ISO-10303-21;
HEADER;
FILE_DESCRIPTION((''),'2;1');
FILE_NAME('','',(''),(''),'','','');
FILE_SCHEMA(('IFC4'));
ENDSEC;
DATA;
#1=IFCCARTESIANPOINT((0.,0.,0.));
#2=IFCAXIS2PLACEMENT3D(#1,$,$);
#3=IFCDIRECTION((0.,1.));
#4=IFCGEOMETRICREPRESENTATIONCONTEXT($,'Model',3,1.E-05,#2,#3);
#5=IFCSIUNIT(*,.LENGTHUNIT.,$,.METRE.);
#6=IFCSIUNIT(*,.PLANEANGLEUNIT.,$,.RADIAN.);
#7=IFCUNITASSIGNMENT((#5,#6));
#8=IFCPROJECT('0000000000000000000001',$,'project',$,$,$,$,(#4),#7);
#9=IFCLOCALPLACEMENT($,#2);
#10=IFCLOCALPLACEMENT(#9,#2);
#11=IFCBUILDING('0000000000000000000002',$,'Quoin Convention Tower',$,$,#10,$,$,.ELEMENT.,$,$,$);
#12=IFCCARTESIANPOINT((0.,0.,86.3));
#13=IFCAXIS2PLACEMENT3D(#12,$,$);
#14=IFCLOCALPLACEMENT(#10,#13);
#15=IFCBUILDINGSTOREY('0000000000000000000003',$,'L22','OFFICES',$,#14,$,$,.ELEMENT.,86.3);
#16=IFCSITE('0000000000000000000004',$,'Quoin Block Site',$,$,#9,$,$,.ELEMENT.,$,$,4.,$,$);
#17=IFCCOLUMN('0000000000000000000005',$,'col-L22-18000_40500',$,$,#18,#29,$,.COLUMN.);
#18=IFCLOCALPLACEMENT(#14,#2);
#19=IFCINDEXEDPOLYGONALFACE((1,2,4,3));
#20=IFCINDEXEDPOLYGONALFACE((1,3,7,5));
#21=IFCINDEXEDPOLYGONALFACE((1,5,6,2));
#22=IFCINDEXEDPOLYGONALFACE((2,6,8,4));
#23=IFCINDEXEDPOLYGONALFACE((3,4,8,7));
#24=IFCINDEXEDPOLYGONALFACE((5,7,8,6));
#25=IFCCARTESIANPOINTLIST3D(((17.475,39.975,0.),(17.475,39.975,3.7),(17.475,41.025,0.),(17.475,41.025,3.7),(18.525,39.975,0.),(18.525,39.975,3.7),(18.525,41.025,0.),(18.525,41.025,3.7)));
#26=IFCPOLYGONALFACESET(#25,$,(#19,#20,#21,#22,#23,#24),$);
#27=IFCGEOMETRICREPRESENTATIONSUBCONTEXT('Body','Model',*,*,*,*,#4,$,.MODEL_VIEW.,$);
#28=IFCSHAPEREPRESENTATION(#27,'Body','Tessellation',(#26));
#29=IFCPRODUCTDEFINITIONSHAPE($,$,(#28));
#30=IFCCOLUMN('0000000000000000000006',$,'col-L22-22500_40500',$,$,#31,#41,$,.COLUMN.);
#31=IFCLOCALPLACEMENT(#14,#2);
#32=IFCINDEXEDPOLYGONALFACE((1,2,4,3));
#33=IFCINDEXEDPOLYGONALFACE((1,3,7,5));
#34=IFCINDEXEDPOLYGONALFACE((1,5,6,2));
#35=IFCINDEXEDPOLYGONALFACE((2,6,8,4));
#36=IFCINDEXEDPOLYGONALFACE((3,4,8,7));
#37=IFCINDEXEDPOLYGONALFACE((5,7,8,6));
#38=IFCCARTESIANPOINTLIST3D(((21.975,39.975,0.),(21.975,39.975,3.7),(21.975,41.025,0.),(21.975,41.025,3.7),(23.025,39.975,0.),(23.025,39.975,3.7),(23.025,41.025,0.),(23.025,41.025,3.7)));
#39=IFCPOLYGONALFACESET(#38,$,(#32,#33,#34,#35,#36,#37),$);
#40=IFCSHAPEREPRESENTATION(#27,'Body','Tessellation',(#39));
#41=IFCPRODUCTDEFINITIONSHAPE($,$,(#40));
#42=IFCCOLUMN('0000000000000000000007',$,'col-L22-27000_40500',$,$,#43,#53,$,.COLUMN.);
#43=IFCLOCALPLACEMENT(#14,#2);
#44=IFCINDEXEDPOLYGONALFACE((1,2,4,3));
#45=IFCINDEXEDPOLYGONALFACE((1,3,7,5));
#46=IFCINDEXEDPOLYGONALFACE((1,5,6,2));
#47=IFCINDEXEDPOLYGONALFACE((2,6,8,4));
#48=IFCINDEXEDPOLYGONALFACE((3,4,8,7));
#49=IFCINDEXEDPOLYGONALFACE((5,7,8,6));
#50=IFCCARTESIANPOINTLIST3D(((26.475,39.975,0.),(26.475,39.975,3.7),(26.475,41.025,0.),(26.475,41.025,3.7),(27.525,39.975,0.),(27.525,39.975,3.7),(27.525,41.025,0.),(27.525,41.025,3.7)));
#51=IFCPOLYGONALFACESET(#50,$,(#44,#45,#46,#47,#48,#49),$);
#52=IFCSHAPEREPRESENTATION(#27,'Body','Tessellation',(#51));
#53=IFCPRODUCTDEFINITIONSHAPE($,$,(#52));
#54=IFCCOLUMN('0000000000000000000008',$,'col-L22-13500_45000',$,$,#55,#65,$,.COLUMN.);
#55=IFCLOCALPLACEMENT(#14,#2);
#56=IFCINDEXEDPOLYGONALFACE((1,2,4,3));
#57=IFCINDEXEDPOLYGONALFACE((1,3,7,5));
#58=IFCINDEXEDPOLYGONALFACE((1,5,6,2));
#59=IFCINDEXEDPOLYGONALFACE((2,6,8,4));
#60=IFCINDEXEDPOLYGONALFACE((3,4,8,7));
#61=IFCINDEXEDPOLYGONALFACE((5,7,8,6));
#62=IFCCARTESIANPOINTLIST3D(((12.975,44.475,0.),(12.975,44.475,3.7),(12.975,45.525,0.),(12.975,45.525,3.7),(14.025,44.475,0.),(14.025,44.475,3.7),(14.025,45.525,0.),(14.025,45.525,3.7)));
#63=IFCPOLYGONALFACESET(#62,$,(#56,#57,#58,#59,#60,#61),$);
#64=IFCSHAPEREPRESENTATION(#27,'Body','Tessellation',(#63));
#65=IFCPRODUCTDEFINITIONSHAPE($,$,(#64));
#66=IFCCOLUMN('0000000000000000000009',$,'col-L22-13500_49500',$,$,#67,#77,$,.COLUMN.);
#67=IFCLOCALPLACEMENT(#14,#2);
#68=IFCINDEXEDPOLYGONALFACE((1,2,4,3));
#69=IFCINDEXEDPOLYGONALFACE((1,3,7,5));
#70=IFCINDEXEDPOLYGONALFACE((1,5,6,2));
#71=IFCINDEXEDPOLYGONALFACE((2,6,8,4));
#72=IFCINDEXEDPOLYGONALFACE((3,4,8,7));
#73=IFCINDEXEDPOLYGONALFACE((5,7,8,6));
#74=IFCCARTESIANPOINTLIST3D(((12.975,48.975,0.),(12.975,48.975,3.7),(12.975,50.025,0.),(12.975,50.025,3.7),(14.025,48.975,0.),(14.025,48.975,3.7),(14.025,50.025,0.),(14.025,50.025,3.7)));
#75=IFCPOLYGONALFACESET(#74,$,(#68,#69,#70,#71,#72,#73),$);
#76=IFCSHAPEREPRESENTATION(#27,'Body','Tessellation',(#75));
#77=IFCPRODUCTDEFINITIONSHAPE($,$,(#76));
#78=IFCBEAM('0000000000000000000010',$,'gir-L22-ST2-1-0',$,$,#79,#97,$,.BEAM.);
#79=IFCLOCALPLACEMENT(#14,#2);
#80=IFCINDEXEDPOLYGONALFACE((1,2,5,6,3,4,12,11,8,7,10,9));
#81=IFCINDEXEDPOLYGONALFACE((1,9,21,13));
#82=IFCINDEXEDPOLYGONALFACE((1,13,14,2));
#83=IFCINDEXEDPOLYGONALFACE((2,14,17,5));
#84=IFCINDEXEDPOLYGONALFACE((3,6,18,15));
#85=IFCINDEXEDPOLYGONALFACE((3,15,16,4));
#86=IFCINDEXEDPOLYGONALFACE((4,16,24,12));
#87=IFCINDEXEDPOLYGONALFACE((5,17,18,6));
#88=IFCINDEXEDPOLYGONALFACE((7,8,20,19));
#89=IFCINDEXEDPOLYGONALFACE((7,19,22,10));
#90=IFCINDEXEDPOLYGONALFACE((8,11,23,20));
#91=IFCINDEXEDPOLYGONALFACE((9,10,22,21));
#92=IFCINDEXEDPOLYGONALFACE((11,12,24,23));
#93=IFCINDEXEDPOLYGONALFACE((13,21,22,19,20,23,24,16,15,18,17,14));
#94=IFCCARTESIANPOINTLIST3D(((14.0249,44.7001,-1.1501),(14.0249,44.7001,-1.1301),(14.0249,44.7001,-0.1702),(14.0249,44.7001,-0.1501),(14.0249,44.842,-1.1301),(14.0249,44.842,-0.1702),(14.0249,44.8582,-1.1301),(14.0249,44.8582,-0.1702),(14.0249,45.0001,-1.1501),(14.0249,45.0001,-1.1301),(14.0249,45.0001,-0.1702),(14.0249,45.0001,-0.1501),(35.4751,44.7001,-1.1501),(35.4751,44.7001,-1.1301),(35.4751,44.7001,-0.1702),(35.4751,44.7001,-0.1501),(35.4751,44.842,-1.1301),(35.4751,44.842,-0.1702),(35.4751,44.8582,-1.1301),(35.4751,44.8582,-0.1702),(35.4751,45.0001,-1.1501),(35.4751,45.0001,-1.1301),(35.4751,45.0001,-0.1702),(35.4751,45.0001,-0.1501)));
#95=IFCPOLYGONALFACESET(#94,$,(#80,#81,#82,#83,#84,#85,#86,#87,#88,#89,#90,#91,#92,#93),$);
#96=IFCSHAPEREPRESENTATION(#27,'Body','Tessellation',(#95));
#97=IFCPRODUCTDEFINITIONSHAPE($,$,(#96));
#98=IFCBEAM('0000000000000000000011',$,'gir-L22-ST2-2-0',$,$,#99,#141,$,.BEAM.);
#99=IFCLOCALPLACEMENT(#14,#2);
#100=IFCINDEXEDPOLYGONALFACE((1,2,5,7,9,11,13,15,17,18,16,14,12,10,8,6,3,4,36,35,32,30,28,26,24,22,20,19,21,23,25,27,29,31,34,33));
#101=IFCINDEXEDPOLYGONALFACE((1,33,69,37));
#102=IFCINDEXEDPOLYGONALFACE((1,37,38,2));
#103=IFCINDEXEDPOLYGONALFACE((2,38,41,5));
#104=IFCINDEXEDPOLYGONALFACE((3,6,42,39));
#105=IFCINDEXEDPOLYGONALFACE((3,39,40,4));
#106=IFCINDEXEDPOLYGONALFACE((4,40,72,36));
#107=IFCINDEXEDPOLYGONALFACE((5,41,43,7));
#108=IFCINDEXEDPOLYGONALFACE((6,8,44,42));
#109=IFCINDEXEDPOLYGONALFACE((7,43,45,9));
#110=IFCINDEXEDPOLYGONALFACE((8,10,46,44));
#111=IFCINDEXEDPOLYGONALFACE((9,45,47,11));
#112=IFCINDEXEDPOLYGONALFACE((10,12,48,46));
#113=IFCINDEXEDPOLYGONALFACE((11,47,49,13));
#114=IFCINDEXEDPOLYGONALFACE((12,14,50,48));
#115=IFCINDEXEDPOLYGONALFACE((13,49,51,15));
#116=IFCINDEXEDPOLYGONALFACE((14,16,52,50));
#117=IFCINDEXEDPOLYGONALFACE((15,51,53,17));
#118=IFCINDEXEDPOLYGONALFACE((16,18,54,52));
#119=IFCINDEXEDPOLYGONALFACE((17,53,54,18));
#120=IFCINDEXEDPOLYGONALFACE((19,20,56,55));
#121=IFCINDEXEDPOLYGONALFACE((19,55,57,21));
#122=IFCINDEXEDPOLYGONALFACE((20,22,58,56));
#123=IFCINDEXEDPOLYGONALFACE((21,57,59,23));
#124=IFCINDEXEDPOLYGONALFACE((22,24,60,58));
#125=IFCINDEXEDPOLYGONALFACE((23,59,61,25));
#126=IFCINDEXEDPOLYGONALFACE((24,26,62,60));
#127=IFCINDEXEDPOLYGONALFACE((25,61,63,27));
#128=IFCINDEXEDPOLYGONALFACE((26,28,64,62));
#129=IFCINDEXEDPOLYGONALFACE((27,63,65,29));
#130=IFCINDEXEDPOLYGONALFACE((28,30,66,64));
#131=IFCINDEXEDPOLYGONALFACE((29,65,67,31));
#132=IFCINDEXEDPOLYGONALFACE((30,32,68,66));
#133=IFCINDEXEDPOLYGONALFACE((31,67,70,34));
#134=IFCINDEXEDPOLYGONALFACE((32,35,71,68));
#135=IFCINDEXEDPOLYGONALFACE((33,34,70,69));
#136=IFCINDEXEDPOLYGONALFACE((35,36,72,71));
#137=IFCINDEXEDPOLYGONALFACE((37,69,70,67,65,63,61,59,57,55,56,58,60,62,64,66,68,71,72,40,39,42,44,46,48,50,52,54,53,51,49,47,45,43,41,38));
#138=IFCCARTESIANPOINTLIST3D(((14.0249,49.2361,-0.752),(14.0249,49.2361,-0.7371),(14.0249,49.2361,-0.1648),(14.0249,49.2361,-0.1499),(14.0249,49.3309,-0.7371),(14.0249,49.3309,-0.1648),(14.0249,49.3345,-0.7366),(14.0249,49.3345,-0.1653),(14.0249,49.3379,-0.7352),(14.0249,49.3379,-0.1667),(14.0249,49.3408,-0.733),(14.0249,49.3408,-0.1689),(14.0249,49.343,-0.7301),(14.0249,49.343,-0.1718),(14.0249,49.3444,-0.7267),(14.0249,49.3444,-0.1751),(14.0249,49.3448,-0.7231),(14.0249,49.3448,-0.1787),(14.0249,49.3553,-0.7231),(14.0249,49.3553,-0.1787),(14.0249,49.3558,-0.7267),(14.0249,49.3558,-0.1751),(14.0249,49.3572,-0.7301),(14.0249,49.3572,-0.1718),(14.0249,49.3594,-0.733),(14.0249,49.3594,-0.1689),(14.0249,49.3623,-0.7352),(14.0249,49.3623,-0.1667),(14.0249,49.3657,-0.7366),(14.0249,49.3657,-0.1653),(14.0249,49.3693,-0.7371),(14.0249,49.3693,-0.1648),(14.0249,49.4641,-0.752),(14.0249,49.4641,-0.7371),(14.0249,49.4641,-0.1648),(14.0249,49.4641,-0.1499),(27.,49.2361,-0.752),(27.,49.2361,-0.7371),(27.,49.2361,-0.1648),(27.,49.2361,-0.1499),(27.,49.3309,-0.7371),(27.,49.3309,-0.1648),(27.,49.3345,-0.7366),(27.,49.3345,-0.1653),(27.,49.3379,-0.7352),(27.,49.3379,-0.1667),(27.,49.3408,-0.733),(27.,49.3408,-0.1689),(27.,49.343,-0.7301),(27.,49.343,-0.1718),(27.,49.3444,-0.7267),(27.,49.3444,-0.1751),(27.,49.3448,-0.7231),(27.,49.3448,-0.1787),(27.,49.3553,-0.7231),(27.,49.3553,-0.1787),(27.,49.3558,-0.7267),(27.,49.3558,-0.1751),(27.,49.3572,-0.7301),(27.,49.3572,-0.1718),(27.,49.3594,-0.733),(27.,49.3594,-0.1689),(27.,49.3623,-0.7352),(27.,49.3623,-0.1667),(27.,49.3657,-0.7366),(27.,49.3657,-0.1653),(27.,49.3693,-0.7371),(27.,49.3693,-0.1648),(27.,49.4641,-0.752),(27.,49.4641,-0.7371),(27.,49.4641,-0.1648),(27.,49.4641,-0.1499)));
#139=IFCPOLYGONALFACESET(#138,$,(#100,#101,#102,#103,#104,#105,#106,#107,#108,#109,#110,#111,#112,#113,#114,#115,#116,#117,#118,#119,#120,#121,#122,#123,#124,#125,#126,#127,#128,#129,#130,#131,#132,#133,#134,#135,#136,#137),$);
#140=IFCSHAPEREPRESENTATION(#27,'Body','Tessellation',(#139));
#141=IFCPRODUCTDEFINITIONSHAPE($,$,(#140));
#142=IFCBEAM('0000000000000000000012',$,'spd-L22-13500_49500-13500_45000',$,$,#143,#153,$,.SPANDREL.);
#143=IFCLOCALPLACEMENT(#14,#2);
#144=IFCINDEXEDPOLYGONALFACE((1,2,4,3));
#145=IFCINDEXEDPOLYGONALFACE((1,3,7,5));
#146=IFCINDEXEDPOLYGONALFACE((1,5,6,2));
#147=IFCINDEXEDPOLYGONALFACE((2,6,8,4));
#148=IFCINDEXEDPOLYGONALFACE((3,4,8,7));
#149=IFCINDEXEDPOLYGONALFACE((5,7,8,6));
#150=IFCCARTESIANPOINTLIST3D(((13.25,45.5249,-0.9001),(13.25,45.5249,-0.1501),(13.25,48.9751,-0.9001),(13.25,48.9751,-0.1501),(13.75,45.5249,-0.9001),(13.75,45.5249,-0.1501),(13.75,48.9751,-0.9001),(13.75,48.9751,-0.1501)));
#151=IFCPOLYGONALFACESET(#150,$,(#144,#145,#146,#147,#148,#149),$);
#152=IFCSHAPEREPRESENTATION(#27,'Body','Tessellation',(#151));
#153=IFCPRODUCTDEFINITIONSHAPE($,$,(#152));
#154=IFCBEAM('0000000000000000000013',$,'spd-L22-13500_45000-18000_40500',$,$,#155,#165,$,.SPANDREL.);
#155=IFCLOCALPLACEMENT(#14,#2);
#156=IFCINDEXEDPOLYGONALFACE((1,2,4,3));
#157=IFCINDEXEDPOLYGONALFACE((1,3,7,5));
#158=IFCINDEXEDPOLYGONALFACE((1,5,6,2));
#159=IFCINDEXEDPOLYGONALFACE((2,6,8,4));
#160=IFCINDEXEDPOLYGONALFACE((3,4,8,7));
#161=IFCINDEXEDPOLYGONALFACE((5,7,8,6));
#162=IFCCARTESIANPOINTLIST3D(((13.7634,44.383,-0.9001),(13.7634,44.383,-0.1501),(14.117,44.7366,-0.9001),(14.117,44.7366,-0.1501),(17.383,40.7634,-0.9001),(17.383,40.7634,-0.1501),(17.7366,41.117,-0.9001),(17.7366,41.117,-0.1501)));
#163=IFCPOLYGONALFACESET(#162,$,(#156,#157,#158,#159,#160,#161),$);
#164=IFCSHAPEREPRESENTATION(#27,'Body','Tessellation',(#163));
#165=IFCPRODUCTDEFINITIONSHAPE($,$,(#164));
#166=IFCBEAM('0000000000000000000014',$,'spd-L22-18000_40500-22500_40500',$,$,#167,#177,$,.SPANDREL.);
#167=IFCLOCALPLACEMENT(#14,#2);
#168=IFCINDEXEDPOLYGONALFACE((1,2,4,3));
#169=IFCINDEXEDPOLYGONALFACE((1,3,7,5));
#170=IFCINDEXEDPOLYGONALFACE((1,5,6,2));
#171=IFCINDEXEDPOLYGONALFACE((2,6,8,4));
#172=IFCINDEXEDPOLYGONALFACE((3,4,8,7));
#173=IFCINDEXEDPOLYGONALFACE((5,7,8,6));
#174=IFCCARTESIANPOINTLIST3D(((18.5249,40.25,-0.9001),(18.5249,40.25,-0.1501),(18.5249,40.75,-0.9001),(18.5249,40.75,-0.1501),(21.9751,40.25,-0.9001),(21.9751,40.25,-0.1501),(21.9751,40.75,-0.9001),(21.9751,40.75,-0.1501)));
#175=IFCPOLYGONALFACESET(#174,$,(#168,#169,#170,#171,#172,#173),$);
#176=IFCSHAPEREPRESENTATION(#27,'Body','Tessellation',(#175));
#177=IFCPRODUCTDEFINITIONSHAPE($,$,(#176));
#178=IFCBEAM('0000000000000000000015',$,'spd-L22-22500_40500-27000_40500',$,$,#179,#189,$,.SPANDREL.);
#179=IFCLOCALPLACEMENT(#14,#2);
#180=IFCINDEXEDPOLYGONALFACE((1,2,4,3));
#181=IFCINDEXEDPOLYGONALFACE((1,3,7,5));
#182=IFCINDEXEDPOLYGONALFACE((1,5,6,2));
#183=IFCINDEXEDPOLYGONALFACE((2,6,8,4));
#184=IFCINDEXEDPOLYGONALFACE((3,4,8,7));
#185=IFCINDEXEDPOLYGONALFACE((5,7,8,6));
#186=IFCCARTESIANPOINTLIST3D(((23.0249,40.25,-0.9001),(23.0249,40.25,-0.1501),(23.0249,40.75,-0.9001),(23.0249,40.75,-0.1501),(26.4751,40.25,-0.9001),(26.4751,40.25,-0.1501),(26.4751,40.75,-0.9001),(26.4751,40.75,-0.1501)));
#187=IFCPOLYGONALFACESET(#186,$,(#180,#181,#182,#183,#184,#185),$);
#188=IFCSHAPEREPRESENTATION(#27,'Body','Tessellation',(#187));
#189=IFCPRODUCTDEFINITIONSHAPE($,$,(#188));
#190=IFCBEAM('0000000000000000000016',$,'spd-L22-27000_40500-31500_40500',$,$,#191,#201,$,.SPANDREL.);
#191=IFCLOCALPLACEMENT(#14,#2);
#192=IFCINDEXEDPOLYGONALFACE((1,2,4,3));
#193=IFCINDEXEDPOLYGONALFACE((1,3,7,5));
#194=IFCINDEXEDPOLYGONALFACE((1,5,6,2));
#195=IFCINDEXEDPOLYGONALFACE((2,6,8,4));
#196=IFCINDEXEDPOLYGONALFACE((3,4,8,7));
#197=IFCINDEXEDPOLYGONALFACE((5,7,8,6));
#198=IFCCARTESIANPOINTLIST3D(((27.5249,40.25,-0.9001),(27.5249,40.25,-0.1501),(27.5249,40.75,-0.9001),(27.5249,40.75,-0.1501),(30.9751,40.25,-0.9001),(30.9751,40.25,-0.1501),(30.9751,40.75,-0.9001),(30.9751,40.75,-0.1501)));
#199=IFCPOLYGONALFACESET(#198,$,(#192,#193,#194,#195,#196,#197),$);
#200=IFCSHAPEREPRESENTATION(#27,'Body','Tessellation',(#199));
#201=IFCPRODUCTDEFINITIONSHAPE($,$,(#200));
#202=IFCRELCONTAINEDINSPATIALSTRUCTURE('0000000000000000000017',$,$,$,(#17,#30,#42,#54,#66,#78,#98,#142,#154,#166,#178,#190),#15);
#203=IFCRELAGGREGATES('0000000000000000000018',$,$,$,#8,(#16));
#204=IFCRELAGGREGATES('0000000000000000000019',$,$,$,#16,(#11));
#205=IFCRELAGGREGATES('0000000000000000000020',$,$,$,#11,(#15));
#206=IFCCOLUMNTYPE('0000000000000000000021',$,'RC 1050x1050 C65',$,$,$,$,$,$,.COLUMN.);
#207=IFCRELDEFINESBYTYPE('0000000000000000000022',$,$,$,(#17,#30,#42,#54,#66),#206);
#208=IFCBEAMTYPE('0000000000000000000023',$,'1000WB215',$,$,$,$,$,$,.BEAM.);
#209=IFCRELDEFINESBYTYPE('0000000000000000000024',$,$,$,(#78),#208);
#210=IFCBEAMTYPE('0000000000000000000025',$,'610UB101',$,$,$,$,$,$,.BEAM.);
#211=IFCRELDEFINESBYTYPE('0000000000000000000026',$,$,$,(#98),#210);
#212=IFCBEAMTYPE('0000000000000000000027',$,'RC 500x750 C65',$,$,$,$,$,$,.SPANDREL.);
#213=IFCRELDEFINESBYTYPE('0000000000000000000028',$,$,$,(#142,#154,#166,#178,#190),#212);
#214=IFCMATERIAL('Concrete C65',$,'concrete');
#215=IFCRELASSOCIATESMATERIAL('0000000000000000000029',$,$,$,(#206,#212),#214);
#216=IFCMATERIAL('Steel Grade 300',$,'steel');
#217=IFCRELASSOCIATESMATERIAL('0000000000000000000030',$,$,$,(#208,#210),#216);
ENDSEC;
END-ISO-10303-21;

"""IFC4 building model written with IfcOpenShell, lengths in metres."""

from ifc_helpers import new_model, si_unit, direction, frame, origin, origin_2d, place, context, subcontext, project, spatial, rectangle, i_section, extrude, material, material_profile, profile_set, type_object, element, save


model = new_model("IFC4")

# Units and contexts
model_context = context("Model", 3, precision=1e-05, world=origin(), true_north=direction((0.0, 1.0)))
body_context = subcontext(model_context, "Body", "Model", "MODEL_VIEW")
ifc_project = project(units=[si_unit("LENGTHUNIT", "METRE"), si_unit("PLANEANGLEUNIT", "RADIAN")], contexts=[model_context])

# Site, building, storey
site_placement = place(None, origin())
site = spatial("IfcSite", under=ifc_project, at=site_placement, Name="Quoin Block Site", CompositionType="ELEMENT", RefElevation=4.0)
building_placement = place(site_placement, origin())
building = spatial("IfcBuilding", under=site, at=building_placement, Name="Quoin Convention Tower", CompositionType="ELEMENT")
storey_placement = place(building_placement, frame((0.0, 0.0, 86.3)))
storey = spatial("IfcBuildingStorey", under=building, at=storey_placement, Name="L22", Description="OFFICES", CompositionType="ELEMENT", Elevation=86.3)

# Columns
ifc_material_1 = material(Name="Concrete C65", Category="concrete")
ifc_material_profile_1 = material_profile(ifc_material_1, rectangle(XDim=1.05, YDim=1.05, at=origin_2d()), Name="RC 1050x1050")
ifc_profile_set_1 = profile_set([ifc_material_profile_1], Name="Concrete C65")
column_type = type_object("IfcColumnType", Name="RC 1050x1050 C65", PredefinedType="COLUMN", material=ifc_profile_set_1)
for number, where, z_axis, x_axis, name in (
    (1, (18.0, 40.5, 0.0), (0.0, 0.0, 1.0), (1.0, 0.0, 0.0), "col-L22-18000_40500"),
    (2, (22.5, 40.5, 0.0), (0.0, 0.0, 1.0), (1.0, 0.0, 0.0), "col-L22-22500_40500"),
    (3, (27.0, 40.5, 0.0), (0.0, 0.0, 1.0), (1.0, 0.0, 0.0), "col-L22-27000_40500"),
    (4, (13.5, 45.0, 0.0), (0.0, 0.0, 1.0), (1.0, 0.0, 0.0), "col-L22-13500_45000"),
    (5, (13.5, 49.5, 0.0), (0.0, 0.0, 1.0), (1.0, 0.0, 0.0), "col-L22-13500_49500"),
):
    element("IfcColumn", number, at=place(storey_placement, frame(where, z_axis=z_axis, x_axis=x_axis)), inside=storey, type_object=column_type, Name=name, PredefinedType="COLUMN", context=body_context, shape_type="SweptSolid", body=[
        extrude(rectangle(XDim=1.05, YDim=1.05, at=origin_2d()), origin(), (0.0, 0.0, 1.0), 3.7),
    ])

# Beams
ifc_material_2 = material(Name="Steel Grade 300", Category="steel")
ifc_material_profile_2 = material_profile(ifc_material_2, i_section(OverallWidth=0.3, OverallDepth=1.0, WebThickness=0.0161, FlangeThickness=0.02, at=origin_2d()), Name="1000WB215")
ifc_profile_set_2 = profile_set([ifc_material_profile_2], Name="Steel Grade 300")
beam_type_1 = type_object("IfcBeamType", Name="1000WB215", PredefinedType="BEAM", material=ifc_profile_set_2)
beam_1_placement = place(storey_placement, frame((14.0249, 44.8501, -0.6501), z_axis=(1.0, 0.0, 0.0), x_axis=(0.0, 1.0, 0.0)))
element("IfcBeam", 6, at=beam_1_placement, inside=storey, type_object=beam_type_1, Name="gir-L22-ST2-1-0", PredefinedType="BEAM", context=body_context, shape_type="SweptSolid", body=[
    extrude(i_section(OverallWidth=0.3, OverallDepth=1.0, WebThickness=0.0161, FlangeThickness=0.02, at=origin_2d()), origin(), (0.0, 0.0, 1.0), 21.4502),
])
ifc_material_profile_3 = material_profile(ifc_material_2, i_section(OverallWidth=0.228, OverallDepth=0.6021, WebThickness=0.0105, FlangeThickness=0.0149, FilletRadius=0.0139, at=origin_2d()), Name="610UB101")
ifc_profile_set_3 = profile_set([ifc_material_profile_3], Name="Steel Grade 300")
beam_type_2 = type_object("IfcBeamType", Name="610UB101", PredefinedType="BEAM", material=ifc_profile_set_3)
beam_2_placement = place(storey_placement, frame((14.0249, 49.3501, -0.4509), z_axis=(1.0, 0.0, 0.0), x_axis=(0.0, 1.0, 0.0)))
element("IfcBeam", 7, at=beam_2_placement, inside=storey, type_object=beam_type_2, Name="gir-L22-ST2-2-0", PredefinedType="BEAM", context=body_context, shape_type="SweptSolid", body=[
    extrude(i_section(OverallWidth=0.228, OverallDepth=0.6021, WebThickness=0.0105, FlangeThickness=0.0149, FilletRadius=0.0139, at=origin_2d()), origin(), (0.0, 0.0, 1.0), 12.9751),
])
ifc_material_profile_4 = material_profile(ifc_material_1, rectangle(XDim=0.5, YDim=0.75, at=origin_2d()), Name="RC 500x750")
ifc_profile_set_4 = profile_set([ifc_material_profile_4], Name="Concrete C65")
beam_type_3 = type_object("IfcBeamType", Name="RC 500x750 C65", PredefinedType="SPANDREL", material=ifc_profile_set_4)
beam_3_placement = place(storey_placement, frame((13.5, 48.9751, -0.5251), z_axis=(0.0, -1.0, 0.0), x_axis=(1.0, 0.0, 0.0)))
element("IfcBeam", 8, at=beam_3_placement, inside=storey, type_object=beam_type_3, Name="spd-L22-13500_49500-13500_45000", PredefinedType="SPANDREL", context=body_context, shape_type="SweptSolid", body=[
    extrude(rectangle(XDim=0.5, YDim=0.75, at=origin_2d()), origin(), (0.0, 0.0, 1.0), 3.4502),
])
beam_4_placement = place(storey_placement, frame((13.9402, 44.5598, -0.5251), z_axis=(0.707107, -0.707107, 0.0), x_axis=(0.707107, 0.707107, 0.0)))
element("IfcBeam", 9, at=beam_4_placement, inside=storey, type_object=beam_type_3, Name="spd-L22-13500_45000-18000_40500", PredefinedType="SPANDREL", context=body_context, shape_type="SweptSolid", body=[
    extrude(rectangle(XDim=0.5, YDim=0.75, at=origin_2d()), origin(), (0.0, 0.0, 1.0), 5.1189),
])
for number, where, z_axis, x_axis, name in (
    (10, (18.5249, 40.5, -0.5251), (1.0, 0.0, 0.0), (0.0, 1.0, 0.0), "spd-L22-18000_40500-22500_40500"),
    (11, (23.0249, 40.5, -0.5251), (1.0, 0.0, 0.0), (0.0, 1.0, 0.0), "spd-L22-22500_40500-27000_40500"),
    (12, (27.5249, 40.5, -0.5251), (1.0, 0.0, 0.0), (0.0, 1.0, 0.0), "spd-L22-27000_40500-31500_40500"),
):
    element("IfcBeam", number, at=place(storey_placement, frame(where, z_axis=z_axis, x_axis=x_axis)), inside=storey, type_object=beam_type_3, Name=name, PredefinedType="SPANDREL", context=body_context, shape_type="SweptSolid", body=[
        extrude(rectangle(XDim=0.5, YDim=0.75, at=origin_2d()), origin(), (0.0, 0.0, 1.0), 3.4502),
    ])

save(model, "model.ifc")
